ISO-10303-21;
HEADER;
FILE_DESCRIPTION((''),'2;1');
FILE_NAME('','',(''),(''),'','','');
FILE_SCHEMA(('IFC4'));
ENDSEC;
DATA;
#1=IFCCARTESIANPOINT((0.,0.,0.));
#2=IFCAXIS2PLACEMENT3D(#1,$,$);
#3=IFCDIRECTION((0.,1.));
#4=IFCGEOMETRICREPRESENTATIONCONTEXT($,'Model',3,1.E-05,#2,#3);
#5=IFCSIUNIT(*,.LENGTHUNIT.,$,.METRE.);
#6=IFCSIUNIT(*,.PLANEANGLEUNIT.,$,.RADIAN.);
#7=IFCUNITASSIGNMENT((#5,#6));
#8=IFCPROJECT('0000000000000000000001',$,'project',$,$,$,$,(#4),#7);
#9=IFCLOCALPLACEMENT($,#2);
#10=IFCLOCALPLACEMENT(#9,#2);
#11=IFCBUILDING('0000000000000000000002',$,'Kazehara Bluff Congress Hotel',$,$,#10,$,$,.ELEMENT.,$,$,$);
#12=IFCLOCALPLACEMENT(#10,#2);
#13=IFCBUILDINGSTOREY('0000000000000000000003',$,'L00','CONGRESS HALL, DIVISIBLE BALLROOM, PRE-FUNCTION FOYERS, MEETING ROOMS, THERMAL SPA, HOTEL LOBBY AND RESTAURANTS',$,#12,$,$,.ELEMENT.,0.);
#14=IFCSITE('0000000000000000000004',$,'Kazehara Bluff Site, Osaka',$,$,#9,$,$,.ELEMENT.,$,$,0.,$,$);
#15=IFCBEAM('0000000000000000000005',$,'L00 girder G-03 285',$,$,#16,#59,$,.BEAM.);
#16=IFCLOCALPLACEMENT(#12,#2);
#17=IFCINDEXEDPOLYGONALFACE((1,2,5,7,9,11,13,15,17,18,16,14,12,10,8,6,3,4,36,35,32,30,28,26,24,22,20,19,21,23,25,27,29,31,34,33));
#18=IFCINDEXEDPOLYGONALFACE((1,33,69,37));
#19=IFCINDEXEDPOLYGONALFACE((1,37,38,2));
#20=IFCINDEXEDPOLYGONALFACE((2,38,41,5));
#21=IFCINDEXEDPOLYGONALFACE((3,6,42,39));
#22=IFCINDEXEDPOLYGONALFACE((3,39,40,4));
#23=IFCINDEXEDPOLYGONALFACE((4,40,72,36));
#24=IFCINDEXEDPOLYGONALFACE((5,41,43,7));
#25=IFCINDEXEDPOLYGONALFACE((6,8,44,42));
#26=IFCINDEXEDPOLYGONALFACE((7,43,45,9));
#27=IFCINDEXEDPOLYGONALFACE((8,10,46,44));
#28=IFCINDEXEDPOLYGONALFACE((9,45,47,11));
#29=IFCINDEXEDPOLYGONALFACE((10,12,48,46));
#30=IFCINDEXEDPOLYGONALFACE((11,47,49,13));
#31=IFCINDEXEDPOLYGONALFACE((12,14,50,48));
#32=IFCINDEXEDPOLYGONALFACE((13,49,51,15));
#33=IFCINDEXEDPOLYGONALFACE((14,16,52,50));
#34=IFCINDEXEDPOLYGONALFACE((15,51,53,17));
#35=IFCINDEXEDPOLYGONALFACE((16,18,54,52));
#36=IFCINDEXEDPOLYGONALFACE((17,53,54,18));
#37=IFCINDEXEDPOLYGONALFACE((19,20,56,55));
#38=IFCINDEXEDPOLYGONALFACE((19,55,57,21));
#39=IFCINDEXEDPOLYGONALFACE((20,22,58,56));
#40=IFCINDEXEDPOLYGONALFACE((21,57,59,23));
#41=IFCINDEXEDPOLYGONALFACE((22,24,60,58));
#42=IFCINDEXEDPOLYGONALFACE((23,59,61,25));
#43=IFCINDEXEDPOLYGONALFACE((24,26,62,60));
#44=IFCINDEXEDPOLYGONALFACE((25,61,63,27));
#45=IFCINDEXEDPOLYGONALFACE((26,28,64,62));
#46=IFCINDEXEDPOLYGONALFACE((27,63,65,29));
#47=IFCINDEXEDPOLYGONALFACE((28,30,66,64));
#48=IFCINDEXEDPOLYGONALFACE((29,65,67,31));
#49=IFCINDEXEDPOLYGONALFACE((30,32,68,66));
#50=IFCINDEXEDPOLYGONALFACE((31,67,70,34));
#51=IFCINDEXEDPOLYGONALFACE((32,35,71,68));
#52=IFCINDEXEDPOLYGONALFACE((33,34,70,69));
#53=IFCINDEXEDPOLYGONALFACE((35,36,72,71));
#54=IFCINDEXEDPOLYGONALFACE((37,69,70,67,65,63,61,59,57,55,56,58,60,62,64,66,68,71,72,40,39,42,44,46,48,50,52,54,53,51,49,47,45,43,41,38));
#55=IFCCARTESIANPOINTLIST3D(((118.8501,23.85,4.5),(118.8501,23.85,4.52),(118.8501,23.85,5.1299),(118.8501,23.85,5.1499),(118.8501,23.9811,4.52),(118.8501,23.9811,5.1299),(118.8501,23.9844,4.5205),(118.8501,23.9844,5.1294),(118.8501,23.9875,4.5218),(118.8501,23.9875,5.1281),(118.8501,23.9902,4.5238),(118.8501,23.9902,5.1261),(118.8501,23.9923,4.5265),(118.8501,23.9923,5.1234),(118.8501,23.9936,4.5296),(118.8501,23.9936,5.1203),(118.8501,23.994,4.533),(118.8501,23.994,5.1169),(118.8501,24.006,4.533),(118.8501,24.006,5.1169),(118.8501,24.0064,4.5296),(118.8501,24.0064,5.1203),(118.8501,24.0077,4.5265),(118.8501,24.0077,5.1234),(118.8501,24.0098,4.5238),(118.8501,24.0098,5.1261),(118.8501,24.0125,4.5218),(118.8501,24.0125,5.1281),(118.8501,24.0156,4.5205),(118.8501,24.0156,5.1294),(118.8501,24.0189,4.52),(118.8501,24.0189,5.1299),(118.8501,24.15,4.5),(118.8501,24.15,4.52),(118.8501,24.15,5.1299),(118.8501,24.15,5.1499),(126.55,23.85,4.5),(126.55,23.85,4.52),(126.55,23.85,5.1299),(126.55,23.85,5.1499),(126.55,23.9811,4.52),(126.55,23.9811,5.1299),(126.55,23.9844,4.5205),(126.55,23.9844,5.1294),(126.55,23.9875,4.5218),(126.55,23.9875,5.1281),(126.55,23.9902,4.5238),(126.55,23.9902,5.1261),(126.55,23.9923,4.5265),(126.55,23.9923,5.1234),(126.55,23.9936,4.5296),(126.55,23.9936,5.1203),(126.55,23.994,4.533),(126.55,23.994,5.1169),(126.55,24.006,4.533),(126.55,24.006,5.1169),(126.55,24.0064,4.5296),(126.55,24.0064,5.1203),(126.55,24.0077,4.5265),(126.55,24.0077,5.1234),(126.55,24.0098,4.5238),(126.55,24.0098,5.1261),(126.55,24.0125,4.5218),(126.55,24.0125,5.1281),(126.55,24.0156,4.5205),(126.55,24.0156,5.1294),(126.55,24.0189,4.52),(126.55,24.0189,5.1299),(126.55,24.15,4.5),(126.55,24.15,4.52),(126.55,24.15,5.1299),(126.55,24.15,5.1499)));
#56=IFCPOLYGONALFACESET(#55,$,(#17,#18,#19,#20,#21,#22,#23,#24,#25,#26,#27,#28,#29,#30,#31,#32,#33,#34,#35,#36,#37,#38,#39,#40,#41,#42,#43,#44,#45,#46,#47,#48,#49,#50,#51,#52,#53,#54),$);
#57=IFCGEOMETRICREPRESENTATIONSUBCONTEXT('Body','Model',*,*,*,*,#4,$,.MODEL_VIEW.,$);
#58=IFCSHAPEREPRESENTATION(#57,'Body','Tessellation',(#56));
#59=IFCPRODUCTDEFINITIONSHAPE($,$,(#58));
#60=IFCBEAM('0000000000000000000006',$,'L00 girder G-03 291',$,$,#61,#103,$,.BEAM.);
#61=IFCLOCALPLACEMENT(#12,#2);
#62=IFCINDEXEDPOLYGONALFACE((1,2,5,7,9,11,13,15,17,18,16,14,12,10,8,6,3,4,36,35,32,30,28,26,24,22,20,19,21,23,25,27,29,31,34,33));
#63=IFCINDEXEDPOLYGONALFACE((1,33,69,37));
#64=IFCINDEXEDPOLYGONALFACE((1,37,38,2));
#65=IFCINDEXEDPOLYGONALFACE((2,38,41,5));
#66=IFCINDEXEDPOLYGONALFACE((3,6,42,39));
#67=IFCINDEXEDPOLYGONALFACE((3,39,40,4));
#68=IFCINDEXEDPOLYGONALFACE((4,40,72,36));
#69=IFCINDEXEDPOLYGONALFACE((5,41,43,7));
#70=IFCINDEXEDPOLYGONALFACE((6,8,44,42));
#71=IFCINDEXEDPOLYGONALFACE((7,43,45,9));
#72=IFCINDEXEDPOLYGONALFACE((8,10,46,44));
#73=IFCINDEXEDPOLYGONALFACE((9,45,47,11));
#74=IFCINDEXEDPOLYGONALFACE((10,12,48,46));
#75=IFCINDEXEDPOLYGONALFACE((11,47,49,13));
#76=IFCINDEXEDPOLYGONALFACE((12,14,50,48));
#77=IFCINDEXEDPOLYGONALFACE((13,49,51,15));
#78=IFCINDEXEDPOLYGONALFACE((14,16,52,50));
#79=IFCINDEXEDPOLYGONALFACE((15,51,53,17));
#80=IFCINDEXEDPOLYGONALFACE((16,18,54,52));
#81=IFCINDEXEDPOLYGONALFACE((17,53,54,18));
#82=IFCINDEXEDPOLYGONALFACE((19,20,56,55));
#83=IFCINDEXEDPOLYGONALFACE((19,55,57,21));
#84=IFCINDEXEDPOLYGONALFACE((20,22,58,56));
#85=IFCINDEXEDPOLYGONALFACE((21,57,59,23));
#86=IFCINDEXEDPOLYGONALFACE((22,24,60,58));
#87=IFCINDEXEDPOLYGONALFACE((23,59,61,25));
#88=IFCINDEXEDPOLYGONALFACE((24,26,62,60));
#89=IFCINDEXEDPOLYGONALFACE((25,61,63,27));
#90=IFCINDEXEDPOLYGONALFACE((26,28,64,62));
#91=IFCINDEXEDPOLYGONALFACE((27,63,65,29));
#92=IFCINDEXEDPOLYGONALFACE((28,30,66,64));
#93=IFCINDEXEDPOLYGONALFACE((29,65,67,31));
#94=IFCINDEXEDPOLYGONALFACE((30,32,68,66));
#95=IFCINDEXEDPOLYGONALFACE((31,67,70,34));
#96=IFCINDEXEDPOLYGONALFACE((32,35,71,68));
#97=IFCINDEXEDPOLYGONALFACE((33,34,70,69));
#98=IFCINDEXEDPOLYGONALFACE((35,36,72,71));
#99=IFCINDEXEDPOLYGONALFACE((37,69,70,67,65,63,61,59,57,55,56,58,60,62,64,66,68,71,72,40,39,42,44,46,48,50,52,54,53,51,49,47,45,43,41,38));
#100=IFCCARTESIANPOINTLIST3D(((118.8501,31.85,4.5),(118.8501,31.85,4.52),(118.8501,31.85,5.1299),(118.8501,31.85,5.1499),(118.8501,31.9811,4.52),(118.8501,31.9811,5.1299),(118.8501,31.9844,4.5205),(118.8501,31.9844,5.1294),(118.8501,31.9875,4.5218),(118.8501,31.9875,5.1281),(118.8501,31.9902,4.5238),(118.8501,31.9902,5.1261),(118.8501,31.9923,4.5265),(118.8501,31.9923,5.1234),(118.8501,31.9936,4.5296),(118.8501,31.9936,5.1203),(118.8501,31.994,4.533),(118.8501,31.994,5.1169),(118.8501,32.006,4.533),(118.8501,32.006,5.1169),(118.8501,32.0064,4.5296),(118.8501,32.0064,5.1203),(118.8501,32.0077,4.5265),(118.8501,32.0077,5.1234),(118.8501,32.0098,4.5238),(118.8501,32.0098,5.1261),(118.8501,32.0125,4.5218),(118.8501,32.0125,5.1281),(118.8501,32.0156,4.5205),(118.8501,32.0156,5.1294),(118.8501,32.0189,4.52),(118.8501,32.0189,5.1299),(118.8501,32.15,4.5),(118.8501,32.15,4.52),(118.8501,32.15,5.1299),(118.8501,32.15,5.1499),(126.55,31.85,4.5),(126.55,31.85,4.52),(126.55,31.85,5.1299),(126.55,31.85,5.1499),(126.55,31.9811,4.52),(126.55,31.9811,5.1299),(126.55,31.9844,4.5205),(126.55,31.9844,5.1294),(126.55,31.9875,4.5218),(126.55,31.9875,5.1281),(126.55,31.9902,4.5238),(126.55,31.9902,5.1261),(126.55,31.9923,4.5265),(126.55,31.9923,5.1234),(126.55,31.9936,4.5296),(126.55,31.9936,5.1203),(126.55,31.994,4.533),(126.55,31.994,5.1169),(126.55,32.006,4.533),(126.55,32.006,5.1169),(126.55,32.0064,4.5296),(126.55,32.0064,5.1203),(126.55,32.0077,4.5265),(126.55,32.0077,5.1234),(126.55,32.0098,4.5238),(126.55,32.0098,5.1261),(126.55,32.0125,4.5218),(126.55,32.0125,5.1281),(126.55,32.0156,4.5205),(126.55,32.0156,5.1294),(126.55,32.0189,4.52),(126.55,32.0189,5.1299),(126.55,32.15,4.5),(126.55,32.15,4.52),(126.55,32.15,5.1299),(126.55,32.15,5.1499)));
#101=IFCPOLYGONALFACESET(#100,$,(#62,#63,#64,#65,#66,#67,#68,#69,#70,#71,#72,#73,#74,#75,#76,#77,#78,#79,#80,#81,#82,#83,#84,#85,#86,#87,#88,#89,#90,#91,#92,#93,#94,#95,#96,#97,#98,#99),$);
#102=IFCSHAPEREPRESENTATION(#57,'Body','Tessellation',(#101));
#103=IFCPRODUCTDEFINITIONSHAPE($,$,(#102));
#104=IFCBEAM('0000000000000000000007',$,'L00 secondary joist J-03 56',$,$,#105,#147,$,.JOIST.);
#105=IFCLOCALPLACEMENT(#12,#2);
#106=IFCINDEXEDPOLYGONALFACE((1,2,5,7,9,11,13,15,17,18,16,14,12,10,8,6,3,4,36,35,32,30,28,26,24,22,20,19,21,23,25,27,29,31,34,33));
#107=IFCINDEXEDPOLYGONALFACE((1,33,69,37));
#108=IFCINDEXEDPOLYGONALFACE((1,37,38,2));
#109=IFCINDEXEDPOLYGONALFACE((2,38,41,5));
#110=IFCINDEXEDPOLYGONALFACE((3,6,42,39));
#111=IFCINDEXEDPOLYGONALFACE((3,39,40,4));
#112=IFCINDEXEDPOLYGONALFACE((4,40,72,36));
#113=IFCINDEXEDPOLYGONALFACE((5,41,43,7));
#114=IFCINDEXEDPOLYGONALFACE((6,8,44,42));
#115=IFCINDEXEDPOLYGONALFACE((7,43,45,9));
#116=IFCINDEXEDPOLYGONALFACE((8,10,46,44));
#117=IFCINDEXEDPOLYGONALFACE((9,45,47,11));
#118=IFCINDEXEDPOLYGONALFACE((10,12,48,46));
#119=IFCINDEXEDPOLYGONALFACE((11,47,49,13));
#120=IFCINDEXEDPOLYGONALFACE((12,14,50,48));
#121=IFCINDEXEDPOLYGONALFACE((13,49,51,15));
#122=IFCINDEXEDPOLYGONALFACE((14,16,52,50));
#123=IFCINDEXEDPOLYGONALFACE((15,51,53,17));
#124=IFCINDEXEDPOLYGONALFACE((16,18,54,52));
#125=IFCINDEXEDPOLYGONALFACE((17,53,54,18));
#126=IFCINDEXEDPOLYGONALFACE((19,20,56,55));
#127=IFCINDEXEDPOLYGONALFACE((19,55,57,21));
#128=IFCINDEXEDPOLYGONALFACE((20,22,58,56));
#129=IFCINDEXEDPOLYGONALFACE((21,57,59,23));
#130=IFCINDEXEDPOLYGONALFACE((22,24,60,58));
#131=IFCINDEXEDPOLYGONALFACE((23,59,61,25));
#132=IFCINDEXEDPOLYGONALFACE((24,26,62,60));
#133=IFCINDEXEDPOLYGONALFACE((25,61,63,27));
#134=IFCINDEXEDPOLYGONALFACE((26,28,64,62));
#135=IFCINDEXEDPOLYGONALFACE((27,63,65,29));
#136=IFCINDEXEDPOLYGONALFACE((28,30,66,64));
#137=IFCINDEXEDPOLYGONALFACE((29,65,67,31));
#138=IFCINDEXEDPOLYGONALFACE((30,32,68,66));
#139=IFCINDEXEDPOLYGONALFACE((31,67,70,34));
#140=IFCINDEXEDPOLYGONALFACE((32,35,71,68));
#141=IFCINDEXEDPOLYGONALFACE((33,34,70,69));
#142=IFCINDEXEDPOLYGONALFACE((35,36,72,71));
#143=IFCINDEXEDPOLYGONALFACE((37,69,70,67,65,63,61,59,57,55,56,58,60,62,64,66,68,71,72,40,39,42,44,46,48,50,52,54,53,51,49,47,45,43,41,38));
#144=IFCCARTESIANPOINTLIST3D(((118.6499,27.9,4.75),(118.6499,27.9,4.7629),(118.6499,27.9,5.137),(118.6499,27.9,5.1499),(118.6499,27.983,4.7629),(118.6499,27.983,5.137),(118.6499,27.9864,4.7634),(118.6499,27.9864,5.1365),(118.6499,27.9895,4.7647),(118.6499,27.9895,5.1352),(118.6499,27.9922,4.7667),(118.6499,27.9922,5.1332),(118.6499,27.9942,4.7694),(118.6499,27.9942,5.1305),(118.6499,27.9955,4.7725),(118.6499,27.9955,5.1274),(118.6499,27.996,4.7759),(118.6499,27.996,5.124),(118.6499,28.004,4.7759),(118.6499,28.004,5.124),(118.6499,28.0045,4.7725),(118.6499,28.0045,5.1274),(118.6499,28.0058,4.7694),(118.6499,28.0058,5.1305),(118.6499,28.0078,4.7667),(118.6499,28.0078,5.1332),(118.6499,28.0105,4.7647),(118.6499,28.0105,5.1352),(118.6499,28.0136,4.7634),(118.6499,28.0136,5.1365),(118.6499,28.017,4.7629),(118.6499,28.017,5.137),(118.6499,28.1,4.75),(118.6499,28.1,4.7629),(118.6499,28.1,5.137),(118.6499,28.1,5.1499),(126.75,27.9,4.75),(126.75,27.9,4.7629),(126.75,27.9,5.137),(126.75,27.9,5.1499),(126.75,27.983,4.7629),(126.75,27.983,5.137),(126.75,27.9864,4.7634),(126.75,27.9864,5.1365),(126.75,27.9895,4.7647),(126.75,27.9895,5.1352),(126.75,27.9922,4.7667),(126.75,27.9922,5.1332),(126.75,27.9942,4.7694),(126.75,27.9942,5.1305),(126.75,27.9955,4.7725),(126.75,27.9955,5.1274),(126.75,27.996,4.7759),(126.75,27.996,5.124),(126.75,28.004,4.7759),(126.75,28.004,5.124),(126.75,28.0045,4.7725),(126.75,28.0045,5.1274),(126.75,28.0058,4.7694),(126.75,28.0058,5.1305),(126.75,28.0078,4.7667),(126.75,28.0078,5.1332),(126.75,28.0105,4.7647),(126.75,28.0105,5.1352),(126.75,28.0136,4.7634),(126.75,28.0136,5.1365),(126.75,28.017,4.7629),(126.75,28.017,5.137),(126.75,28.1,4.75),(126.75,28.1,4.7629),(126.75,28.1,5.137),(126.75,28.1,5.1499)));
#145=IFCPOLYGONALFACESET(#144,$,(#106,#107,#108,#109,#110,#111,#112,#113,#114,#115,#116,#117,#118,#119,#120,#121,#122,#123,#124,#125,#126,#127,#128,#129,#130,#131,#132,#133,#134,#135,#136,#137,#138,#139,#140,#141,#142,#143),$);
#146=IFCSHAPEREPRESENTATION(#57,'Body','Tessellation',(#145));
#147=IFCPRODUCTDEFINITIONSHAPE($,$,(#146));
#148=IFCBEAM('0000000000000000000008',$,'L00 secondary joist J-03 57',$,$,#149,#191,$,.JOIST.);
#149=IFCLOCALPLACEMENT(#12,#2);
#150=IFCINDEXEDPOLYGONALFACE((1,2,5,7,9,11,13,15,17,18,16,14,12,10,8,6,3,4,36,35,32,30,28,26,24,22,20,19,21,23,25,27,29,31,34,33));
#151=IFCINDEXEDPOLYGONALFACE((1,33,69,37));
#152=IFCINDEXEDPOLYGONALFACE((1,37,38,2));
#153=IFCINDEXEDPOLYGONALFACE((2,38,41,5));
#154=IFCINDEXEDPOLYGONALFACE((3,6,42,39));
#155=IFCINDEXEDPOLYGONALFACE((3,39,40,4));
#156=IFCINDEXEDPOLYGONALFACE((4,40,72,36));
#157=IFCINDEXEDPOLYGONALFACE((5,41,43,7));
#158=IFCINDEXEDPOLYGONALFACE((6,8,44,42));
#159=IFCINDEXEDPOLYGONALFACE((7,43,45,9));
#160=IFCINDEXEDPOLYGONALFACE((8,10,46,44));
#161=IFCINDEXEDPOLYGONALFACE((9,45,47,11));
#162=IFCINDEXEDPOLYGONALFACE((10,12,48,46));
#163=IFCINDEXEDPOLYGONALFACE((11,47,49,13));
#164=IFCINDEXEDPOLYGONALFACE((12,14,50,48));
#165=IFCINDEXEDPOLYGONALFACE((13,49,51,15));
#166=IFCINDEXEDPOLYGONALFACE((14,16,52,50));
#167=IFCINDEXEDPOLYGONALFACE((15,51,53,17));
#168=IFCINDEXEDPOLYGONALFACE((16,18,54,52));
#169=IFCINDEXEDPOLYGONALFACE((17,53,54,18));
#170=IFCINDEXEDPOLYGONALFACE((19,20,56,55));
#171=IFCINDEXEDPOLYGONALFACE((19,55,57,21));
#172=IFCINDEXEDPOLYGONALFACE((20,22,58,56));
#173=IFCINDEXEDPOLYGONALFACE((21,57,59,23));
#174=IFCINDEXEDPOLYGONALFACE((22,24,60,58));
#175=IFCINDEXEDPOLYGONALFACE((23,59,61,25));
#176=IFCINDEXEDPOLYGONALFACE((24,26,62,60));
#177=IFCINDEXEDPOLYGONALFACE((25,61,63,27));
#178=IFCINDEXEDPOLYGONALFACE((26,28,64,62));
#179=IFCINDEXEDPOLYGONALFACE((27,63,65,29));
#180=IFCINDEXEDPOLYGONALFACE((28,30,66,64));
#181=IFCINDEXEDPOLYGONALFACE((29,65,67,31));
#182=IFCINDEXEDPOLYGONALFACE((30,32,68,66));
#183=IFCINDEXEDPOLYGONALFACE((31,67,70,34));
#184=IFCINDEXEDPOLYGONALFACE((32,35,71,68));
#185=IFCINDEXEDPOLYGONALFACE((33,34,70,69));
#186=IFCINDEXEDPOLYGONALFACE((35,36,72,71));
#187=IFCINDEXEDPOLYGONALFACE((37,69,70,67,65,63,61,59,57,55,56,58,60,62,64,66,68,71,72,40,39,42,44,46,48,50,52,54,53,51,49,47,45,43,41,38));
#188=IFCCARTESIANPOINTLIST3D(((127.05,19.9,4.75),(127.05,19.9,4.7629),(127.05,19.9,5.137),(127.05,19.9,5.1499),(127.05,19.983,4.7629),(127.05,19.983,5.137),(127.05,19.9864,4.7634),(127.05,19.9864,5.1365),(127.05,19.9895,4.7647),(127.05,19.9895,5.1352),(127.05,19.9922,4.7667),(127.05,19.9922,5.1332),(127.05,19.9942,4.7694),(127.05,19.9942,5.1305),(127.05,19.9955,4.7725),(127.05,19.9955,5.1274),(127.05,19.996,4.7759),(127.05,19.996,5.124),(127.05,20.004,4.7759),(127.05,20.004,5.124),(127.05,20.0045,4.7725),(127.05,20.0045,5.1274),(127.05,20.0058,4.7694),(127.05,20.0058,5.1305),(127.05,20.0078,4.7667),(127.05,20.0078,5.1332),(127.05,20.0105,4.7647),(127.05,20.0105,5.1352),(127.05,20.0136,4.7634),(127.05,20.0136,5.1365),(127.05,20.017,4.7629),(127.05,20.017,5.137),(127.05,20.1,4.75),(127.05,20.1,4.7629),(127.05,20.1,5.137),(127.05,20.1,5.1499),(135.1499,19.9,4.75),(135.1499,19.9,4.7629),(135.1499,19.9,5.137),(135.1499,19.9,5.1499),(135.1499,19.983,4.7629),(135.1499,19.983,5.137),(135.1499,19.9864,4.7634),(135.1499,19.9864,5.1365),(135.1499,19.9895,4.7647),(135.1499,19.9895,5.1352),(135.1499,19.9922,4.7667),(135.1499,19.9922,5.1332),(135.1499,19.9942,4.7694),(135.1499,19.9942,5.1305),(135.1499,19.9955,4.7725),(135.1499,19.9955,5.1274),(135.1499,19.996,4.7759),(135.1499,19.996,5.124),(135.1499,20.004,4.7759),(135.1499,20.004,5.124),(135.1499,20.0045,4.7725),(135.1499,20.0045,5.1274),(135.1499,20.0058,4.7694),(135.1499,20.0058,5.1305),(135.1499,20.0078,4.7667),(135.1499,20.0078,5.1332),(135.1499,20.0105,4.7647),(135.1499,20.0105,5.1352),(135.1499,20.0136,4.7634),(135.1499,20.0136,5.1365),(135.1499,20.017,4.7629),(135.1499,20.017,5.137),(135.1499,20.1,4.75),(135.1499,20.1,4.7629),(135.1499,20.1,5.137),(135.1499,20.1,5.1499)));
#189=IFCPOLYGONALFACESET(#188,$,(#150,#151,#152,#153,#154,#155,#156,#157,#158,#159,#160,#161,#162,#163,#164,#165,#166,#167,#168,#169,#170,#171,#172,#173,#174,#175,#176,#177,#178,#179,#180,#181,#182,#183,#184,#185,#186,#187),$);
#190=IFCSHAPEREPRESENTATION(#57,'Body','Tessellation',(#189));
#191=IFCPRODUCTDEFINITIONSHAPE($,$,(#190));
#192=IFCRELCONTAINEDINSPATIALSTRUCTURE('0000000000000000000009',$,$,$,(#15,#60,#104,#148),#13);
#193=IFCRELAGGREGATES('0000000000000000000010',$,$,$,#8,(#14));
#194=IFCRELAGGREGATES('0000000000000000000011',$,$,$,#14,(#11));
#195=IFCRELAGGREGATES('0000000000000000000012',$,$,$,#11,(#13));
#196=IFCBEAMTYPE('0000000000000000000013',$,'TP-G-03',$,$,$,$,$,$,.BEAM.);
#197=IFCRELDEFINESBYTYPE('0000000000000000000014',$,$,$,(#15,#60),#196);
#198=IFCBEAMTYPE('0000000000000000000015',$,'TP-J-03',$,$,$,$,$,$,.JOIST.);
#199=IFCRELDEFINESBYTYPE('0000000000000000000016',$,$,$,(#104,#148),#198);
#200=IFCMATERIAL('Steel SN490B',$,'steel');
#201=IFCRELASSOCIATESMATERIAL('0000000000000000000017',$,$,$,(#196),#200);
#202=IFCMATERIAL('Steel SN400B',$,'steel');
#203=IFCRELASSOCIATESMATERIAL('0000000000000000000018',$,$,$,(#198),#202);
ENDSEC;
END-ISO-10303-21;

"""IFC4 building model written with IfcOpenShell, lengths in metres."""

from ifc_helpers import new_model, si_unit, direction, frame, origin, origin_2d, place, context, subcontext, project, spatial, i_section, extrude, material, material_profile, profile_set, type_object, element, save


model = new_model("IFC4")

# Units and contexts
model_context = context("Model", 3, precision=1e-05, world=origin(), true_north=direction((0.0, 1.0)))
body_context = subcontext(model_context, "Body", "Model", "MODEL_VIEW")
ifc_project = project(units=[si_unit("LENGTHUNIT", "METRE"), si_unit("PLANEANGLEUNIT", "RADIAN")], contexts=[model_context])

# Site, building, storey
site_placement = place(None, origin())
site = spatial("IfcSite", under=ifc_project, at=site_placement, Name="Kazehara Bluff Site, Osaka", CompositionType="ELEMENT", RefElevation=0.0)
building_placement = place(site_placement, origin())
building = spatial("IfcBuilding", under=site, at=building_placement, Name="Kazehara Bluff Congress Hotel", CompositionType="ELEMENT")
storey_placement = place(building_placement, origin())
storey = spatial("IfcBuildingStorey", under=building, at=storey_placement, Name="L00", Description="CONGRESS HALL, DIVISIBLE BALLROOM, PRE-FUNCTION FOYERS, MEETING ROOMS, THERMAL SPA, HOTEL LOBBY AND RESTAURANTS", CompositionType="ELEMENT", Elevation=0.0)

# Beams
ifc_material_1 = material(Name="Steel SN490B", Category="steel")
ifc_material_profile_1 = material_profile(ifc_material_1, i_section(OverallWidth=0.3, OverallDepth=0.6499, WebThickness=0.012, FlangeThickness=0.02, FilletRadius=0.0129, at=origin_2d()))
ifc_profile_set_1 = profile_set([ifc_material_profile_1], Name="Steel SN490B")
beam_type_1 = type_object("IfcBeamType", Name="TP-G-03", PredefinedType="BEAM", material=ifc_profile_set_1)
for number, where, z_axis, x_axis, name in (
    (1, (118.8501, 24.0, 4.825), (1.0, 0.0, 0.0), (0.0, 1.0, 0.0), "L00 girder G-03 285"),
    (2, (118.8501, 32.0, 4.825), (1.0, 0.0, 0.0), (0.0, 1.0, 0.0), "L00 girder G-03 291"),
):
    element("IfcBeam", number, at=place(storey_placement, frame(where, z_axis=z_axis, x_axis=x_axis)), inside=storey, type_object=beam_type_1, Name=name, PredefinedType="BEAM", context=body_context, shape_type="SweptSolid", body=[
        extrude(i_section(OverallWidth=0.3, OverallDepth=0.6499, WebThickness=0.012, FlangeThickness=0.02, FilletRadius=0.0129, at=origin_2d()), origin(), (0.0, 0.0, 1.0), 7.7),
    ])
ifc_material_2 = material(Name="Steel SN400B", Category="steel")
ifc_material_profile_2 = material_profile(ifc_material_2, i_section(OverallWidth=0.2, OverallDepth=0.3999, WebThickness=0.0081, FlangeThickness=0.0129, FilletRadius=0.0129, at=origin_2d()))
ifc_profile_set_2 = profile_set([ifc_material_profile_2], Name="Steel SN400B")
beam_type_2 = type_object("IfcBeamType", Name="TP-J-03", PredefinedType="JOIST", material=ifc_profile_set_2)
beam_1_placement = place(storey_placement, frame((118.6499, 28.0, 4.95), z_axis=(1.0, 0.0, 0.0), x_axis=(0.0, 1.0, 0.0)))
element("IfcBeam", 3, at=beam_1_placement, inside=storey, type_object=beam_type_2, Name="L00 secondary joist J-03 56", PredefinedType="JOIST", context=body_context, shape_type="SweptSolid", body=[
    extrude(i_section(OverallWidth=0.2, OverallDepth=0.3999, WebThickness=0.0081, FlangeThickness=0.0129, FilletRadius=0.0129, at=origin_2d()), origin(), (0.0, 0.0, 1.0), 8.1001),
])
beam_2_placement = place(storey_placement, frame((127.05, 20.0, 4.95), z_axis=(1.0, 0.0, 0.0), x_axis=(0.0, 1.0, 0.0)))
element("IfcBeam", 4, at=beam_2_placement, inside=storey, type_object=beam_type_2, Name="L00 secondary joist J-03 57", PredefinedType="JOIST", context=body_context, shape_type="SweptSolid", body=[
    extrude(i_section(OverallWidth=0.2, OverallDepth=0.3999, WebThickness=0.0081, FlangeThickness=0.0129, FilletRadius=0.0129, at=origin_2d()), origin(), (0.0, 0.0, 1.0), 8.0999),
])

save(model, "model.ifc")
